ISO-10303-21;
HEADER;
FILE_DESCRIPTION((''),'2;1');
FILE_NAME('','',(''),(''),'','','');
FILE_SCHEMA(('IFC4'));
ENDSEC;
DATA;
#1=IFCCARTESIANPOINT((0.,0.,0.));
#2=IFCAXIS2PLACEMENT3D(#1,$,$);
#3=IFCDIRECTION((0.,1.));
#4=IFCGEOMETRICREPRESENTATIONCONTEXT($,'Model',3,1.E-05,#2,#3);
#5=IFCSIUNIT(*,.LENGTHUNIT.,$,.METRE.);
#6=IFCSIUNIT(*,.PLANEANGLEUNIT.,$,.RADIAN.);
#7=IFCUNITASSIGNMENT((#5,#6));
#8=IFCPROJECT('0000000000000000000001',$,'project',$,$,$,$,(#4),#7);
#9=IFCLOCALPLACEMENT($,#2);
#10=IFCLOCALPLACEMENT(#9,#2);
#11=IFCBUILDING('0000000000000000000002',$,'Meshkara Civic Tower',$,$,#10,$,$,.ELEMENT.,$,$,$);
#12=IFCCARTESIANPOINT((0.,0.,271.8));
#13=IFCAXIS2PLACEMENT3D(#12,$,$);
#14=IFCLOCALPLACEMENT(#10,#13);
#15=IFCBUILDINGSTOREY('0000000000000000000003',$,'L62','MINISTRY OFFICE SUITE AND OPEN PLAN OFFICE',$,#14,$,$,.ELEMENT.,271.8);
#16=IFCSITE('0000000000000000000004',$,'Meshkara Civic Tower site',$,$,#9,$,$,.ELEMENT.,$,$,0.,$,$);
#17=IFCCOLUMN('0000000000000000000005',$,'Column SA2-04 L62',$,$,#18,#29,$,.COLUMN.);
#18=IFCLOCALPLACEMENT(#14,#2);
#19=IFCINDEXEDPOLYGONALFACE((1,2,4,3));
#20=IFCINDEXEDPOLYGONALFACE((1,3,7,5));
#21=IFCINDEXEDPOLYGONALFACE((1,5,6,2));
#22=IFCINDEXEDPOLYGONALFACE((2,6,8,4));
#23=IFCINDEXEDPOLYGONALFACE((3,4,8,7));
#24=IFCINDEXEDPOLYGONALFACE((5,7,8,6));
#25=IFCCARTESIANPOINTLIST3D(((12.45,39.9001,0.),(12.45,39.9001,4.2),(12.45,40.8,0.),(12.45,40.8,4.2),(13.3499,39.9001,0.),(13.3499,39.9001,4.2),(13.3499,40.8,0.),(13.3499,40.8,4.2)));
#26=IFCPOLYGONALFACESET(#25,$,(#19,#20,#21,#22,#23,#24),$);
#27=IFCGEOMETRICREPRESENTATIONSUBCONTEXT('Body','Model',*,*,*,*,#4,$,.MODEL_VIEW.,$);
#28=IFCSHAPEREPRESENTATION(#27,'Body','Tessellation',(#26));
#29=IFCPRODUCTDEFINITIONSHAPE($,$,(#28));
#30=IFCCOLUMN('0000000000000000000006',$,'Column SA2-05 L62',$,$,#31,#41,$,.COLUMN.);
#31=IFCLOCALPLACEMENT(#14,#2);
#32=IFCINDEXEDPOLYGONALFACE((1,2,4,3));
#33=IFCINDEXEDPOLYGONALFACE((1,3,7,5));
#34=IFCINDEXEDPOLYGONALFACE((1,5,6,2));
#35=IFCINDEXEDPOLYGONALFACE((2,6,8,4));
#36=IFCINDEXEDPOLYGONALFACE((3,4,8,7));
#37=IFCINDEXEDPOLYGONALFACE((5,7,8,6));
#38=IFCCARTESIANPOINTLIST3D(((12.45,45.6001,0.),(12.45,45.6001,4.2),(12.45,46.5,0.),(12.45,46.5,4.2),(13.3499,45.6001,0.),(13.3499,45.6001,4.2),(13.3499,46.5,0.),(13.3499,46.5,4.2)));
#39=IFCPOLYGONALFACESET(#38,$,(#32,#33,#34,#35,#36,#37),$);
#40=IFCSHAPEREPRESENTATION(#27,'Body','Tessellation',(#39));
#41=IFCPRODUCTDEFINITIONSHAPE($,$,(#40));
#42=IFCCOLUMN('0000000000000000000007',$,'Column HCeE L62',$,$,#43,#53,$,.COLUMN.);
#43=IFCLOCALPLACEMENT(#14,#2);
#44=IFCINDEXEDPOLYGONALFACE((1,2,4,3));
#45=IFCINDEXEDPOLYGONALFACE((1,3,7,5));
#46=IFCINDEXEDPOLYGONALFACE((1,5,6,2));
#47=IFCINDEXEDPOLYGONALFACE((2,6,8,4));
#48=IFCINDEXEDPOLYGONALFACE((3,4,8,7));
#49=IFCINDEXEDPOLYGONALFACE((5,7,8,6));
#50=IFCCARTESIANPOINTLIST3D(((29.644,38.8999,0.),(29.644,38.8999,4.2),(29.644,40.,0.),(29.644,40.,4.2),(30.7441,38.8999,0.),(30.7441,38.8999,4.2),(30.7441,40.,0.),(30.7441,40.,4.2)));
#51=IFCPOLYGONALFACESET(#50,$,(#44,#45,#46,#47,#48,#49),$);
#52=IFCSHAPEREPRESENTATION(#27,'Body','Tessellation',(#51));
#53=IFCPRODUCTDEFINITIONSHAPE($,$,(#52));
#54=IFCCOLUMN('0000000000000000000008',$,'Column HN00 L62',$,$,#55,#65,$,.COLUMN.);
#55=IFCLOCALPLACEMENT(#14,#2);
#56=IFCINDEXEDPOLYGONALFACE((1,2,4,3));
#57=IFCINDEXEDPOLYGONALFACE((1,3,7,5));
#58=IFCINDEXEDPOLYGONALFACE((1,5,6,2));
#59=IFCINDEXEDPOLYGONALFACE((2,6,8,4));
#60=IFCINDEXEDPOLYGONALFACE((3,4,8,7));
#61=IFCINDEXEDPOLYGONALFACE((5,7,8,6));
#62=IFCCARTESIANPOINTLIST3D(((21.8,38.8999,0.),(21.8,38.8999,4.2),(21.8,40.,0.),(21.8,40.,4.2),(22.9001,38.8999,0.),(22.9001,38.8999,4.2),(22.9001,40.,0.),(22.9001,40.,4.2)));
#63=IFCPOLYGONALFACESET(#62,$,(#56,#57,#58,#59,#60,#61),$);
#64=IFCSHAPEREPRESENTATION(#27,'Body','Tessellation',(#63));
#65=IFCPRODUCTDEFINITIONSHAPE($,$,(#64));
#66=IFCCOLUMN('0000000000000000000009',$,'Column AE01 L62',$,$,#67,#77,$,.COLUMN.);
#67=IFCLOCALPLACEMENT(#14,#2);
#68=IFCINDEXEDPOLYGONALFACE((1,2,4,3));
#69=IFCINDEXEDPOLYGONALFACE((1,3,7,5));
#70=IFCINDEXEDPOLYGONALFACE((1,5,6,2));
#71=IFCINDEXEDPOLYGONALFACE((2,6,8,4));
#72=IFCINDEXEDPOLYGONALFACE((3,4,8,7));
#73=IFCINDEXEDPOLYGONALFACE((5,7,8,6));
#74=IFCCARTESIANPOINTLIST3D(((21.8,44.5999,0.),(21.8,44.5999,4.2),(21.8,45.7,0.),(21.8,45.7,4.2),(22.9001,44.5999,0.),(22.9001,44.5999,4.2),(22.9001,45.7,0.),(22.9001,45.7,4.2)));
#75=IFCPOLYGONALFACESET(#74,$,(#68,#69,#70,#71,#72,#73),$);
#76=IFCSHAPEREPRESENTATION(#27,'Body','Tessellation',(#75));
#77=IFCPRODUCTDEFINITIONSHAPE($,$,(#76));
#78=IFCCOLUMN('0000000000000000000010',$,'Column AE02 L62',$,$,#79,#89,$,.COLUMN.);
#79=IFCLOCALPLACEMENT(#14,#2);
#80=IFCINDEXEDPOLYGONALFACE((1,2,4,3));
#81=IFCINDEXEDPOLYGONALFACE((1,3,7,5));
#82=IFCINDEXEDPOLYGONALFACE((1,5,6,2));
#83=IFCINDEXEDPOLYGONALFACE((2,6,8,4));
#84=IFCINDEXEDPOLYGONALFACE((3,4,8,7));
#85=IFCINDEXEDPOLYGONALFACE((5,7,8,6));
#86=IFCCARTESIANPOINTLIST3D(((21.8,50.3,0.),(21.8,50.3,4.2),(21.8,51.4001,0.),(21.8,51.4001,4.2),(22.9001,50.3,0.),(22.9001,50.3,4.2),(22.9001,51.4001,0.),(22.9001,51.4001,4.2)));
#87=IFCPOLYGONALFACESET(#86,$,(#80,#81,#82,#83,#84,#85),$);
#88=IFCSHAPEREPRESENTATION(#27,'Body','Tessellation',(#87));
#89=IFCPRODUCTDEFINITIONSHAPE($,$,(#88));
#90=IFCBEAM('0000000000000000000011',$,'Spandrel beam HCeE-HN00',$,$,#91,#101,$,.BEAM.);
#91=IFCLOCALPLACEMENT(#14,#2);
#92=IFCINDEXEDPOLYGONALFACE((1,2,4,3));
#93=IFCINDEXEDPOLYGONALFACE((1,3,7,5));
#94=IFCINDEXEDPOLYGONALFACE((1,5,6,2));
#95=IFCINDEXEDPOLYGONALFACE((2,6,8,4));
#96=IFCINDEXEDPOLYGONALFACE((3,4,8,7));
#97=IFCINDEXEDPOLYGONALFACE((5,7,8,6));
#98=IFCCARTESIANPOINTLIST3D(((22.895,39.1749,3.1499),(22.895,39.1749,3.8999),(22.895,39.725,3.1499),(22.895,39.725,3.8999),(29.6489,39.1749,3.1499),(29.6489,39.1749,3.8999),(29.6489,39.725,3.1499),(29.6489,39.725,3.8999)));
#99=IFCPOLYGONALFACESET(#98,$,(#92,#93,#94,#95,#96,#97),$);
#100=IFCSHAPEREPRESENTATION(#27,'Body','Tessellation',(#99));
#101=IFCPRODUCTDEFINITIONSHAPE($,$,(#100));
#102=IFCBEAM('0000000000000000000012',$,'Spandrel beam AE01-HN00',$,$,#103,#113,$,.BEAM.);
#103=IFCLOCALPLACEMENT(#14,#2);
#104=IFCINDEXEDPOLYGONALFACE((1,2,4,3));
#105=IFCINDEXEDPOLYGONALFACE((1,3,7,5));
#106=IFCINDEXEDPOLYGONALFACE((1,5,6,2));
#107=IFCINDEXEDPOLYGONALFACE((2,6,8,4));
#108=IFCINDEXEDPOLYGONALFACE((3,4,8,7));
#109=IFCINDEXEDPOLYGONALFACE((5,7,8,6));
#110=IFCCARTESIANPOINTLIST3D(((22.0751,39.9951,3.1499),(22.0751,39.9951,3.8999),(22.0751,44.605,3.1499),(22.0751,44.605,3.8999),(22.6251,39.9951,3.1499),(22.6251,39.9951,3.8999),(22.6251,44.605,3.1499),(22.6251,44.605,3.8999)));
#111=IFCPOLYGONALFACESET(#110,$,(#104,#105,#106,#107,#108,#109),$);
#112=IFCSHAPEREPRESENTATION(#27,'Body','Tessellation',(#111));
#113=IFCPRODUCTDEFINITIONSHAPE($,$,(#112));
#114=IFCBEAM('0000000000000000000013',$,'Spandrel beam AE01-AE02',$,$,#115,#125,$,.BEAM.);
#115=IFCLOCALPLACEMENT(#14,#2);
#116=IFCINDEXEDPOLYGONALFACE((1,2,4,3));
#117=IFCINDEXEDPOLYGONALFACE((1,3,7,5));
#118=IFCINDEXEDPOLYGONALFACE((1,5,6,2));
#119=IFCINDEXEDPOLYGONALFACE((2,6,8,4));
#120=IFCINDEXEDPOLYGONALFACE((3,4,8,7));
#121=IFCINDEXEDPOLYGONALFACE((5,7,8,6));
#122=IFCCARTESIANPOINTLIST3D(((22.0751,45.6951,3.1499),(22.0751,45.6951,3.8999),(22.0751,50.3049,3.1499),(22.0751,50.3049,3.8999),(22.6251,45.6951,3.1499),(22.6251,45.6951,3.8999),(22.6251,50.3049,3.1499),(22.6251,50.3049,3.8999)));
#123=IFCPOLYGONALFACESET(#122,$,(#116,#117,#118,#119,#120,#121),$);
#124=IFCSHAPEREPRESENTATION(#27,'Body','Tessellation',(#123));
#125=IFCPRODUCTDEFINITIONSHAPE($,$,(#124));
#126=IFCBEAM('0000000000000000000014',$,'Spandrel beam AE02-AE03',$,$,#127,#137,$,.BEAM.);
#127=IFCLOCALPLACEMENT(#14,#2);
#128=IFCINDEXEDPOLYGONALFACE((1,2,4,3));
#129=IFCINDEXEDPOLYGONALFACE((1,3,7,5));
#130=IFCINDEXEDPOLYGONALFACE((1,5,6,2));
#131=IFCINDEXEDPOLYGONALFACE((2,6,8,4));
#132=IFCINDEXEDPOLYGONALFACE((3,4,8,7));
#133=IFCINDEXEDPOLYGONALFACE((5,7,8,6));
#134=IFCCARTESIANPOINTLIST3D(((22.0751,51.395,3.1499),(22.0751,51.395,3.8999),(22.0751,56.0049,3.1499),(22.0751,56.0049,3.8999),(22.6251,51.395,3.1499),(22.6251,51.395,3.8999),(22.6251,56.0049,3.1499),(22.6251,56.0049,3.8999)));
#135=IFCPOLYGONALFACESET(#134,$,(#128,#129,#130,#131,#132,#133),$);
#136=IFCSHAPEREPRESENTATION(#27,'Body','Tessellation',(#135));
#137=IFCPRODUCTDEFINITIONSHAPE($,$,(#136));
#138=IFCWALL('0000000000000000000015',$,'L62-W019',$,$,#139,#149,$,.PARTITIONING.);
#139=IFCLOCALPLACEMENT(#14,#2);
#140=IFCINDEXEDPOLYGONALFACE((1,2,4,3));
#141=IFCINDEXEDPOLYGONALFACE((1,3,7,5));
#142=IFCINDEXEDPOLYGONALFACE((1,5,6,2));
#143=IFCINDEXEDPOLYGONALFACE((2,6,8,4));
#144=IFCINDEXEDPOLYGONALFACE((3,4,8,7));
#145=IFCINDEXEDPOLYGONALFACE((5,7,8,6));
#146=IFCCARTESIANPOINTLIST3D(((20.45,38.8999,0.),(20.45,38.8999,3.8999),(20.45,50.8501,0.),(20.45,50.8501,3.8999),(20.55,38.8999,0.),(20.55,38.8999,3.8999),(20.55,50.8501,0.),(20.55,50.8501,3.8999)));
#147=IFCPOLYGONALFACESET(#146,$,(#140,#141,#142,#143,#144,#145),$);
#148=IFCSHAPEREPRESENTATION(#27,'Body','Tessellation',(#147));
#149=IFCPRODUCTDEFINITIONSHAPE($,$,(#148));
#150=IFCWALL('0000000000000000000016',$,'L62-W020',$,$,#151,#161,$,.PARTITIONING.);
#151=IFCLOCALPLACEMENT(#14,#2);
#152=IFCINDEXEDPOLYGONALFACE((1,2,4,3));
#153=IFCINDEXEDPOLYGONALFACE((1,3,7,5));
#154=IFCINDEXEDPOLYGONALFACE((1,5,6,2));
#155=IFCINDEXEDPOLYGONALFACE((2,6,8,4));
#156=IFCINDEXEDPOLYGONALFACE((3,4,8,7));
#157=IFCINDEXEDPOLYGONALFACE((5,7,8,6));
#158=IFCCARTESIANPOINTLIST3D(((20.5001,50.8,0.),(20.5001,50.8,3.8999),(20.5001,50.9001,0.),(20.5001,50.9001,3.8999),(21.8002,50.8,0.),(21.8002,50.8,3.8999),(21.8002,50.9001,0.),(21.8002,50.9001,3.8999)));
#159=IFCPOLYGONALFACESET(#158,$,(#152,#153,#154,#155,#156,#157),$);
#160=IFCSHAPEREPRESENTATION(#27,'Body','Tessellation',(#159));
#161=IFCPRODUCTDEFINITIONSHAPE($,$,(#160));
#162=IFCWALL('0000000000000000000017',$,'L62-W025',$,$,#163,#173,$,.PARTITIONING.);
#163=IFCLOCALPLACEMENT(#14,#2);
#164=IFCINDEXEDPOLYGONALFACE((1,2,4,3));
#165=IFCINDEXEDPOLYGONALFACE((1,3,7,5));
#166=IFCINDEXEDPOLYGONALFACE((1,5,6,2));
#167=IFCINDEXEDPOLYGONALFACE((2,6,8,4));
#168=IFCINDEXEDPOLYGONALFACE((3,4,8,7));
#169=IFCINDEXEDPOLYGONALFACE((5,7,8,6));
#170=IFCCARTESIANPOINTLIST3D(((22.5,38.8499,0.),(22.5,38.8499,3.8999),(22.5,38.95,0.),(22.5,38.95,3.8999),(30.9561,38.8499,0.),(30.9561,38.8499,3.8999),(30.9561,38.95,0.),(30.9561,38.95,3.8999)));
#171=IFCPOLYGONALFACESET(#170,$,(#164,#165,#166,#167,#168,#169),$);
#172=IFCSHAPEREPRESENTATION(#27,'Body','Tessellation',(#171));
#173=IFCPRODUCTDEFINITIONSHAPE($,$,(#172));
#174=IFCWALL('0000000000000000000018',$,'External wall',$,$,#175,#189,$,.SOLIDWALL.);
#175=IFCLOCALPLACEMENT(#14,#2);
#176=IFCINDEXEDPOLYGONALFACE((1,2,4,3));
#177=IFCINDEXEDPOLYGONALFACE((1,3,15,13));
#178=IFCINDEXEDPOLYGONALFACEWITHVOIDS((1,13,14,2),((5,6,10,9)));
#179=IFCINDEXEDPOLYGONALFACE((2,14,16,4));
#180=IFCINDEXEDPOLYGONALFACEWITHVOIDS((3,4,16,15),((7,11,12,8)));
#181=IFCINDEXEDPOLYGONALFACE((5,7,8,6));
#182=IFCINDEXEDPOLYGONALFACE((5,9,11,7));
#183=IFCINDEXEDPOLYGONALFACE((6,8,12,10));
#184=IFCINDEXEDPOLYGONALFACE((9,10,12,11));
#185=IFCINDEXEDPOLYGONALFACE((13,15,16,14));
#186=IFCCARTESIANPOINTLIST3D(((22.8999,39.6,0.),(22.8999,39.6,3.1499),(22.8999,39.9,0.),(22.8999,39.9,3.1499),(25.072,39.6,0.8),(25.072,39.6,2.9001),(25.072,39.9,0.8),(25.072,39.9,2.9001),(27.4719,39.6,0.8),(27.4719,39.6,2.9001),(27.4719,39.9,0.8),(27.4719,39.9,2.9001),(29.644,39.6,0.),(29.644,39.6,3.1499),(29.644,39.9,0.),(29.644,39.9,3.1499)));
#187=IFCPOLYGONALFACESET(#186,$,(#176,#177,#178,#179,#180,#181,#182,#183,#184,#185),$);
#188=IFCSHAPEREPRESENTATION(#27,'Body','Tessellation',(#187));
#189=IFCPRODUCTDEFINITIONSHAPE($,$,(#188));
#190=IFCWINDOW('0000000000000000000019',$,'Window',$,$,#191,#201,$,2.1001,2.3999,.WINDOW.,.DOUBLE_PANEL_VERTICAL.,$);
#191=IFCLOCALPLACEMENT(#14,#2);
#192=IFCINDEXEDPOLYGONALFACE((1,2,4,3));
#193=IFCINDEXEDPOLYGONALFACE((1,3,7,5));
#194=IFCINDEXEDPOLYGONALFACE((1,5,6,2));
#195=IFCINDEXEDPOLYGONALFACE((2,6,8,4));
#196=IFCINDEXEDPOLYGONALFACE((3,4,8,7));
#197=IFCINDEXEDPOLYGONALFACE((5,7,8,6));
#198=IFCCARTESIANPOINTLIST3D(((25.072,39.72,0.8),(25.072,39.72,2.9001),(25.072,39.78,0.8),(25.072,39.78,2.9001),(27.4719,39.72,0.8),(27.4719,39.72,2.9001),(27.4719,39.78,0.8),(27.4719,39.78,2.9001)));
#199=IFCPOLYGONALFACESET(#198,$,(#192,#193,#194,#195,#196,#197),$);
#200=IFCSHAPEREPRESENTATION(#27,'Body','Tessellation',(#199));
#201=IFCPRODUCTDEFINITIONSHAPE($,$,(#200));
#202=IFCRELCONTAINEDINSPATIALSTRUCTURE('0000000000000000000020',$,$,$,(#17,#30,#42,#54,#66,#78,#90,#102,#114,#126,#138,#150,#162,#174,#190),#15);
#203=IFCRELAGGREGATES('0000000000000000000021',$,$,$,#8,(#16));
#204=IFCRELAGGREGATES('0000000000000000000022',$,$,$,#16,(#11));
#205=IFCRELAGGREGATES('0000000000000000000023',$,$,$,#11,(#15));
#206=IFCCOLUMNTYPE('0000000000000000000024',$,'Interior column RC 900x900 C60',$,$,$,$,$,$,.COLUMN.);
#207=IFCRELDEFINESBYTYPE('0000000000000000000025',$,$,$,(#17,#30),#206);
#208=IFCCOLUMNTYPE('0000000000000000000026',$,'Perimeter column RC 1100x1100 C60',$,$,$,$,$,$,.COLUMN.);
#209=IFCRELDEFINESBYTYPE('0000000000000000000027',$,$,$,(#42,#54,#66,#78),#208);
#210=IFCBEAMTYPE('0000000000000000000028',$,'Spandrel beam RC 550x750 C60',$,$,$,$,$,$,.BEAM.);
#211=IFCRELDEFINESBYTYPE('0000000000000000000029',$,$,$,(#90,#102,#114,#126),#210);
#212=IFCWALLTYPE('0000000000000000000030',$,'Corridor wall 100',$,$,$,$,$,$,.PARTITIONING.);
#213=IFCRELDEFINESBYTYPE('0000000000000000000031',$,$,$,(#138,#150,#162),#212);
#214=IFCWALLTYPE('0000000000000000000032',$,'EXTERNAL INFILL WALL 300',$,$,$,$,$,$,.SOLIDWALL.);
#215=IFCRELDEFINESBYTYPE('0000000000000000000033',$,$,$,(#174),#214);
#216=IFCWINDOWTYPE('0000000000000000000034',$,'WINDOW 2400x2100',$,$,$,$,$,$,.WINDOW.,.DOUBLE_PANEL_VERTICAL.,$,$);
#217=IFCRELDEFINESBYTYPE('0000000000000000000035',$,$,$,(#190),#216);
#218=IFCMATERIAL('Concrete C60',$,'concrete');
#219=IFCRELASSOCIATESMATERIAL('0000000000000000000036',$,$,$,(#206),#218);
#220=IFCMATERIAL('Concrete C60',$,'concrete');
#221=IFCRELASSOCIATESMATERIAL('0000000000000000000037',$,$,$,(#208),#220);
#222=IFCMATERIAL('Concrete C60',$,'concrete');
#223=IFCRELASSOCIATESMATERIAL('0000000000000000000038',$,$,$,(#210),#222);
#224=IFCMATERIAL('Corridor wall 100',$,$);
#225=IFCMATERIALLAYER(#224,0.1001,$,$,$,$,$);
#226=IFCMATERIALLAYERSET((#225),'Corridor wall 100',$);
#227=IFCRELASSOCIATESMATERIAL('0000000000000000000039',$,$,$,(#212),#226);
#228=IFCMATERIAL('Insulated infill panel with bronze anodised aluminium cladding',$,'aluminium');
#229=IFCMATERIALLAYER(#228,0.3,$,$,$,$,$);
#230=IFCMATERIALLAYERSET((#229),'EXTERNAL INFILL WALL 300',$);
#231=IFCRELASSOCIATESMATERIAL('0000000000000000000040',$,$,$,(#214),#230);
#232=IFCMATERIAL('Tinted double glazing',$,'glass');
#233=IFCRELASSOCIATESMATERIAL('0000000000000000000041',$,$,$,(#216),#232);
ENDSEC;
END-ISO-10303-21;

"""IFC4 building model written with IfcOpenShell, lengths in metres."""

from ifc_helpers import new_model, si_unit, direction, frame, frame_2d, origin, origin_2d, place, context, subcontext, project, spatial, rectangle, extrude, material, layer, layer_set, material_profile, profile_set, type_object, element, fill, save


model = new_model("IFC4")

# Units and contexts
model_context = context("Model", 3, precision=1e-05, world=origin(), true_north=direction((0.0, 1.0)))
body_context = subcontext(model_context, "Body", "Model", "MODEL_VIEW")
ifc_project = project(units=[si_unit("LENGTHUNIT", "METRE"), si_unit("PLANEANGLEUNIT", "RADIAN")], contexts=[model_context])

# Site, building, storey
site_placement = place(None, origin())
site = spatial("IfcSite", under=ifc_project, at=site_placement, Name="Meshkara Civic Tower site", CompositionType="ELEMENT", RefElevation=0.0)
building_placement = place(site_placement, origin())
building = spatial("IfcBuilding", under=site, at=building_placement, Name="Meshkara Civic Tower", CompositionType="ELEMENT")
storey_placement = place(building_placement, frame((0.0, 0.0, 271.8)))
storey = spatial("IfcBuildingStorey", under=building, at=storey_placement, Name="L62", Description="MINISTRY OFFICE SUITE AND OPEN PLAN OFFICE", CompositionType="ELEMENT", Elevation=271.8)

# Columns
ifc_material_1 = material(Name="Concrete C60", Category="concrete")
ifc_material_profile_1 = material_profile(ifc_material_1, rectangle(XDim=0.8999, YDim=0.8999, at=origin_2d()))
ifc_profile_set_1 = profile_set([ifc_material_profile_1], Name="Concrete C60")
column_type_1 = type_object("IfcColumnType", Name="Interior column RC 900x900 C60", PredefinedType="COLUMN", material=ifc_profile_set_1)
for number, where, z_axis, x_axis, name in (
    (1, (12.8999, 40.3501, 0.0), (0.0, 0.0, 1.0), (1.0, 0.0, 0.0), "Column SA2-04 L62"),
    (2, (12.8999, 46.05, 0.0), (0.0, 0.0, 1.0), (1.0, 0.0, 0.0), "Column SA2-05 L62"),
):
    element("IfcColumn", number, at=place(storey_placement, frame(where, z_axis=z_axis, x_axis=x_axis)), inside=storey, type_object=column_type_1, Name=name, PredefinedType="COLUMN", context=body_context, shape_type="SweptSolid", body=[
        extrude(rectangle(XDim=0.8999, YDim=0.8999, at=origin_2d()), origin(), (0.0, 0.0, 1.0), 4.2),
    ])
ifc_material_2 = material(Name="Concrete C60", Category="concrete")
ifc_material_profile_2 = material_profile(ifc_material_2, rectangle(XDim=1.1001, YDim=1.1001, at=origin_2d()))
ifc_profile_set_2 = profile_set([ifc_material_profile_2], Name="Concrete C60")
column_type_2 = type_object("IfcColumnType", Name="Perimeter column RC 1100x1100 C60", PredefinedType="COLUMN", material=ifc_profile_set_2)
for number, where, z_axis, x_axis, name in (
    (3, (30.1941, 39.45, 0.0), (0.0, 0.0, 1.0), (1.0, 0.0, 0.0), "Column HCeE L62"),
    (4, (22.3501, 39.45, 0.0), (0.0, 0.0, 1.0), (1.0, 0.0, 0.0), "Column HN00 L62"),
    (5, (22.3501, 45.1499, 0.0), (0.0, 0.0, 1.0), (1.0, 0.0, 0.0), "Column AE01 L62"),
    (6, (22.3501, 50.8501, 0.0), (0.0, 0.0, 1.0), (1.0, 0.0, 0.0), "Column AE02 L62"),
):
    element("IfcColumn", number, at=place(storey_placement, frame(where, z_axis=z_axis, x_axis=x_axis)), inside=storey, type_object=column_type_2, Name=name, PredefinedType="COLUMN", context=body_context, shape_type="SweptSolid", body=[
        extrude(rectangle(XDim=1.1001, YDim=1.1001, at=origin_2d()), origin(), (0.0, 0.0, 1.0), 4.2),
    ])

# Beams
ifc_material_3 = material(Name="Concrete C60", Category="concrete")
ifc_material_profile_3 = material_profile(ifc_material_3, rectangle(XDim=0.55, YDim=0.75, at=origin_2d()))
ifc_profile_set_3 = profile_set([ifc_material_profile_3], Name="Concrete C60")
beam_type = type_object("IfcBeamType", Name="Spandrel beam RC 550x750 C60", PredefinedType="BEAM", material=ifc_profile_set_3)
beam_placement = place(storey_placement, frame((29.6489, 39.45, 3.5249), z_axis=(-1.0, 0.0, 0.0), x_axis=(0.0, -1.0, 0.0)))
element("IfcBeam", 7, at=beam_placement, inside=storey, type_object=beam_type, Name="Spandrel beam HCeE-HN00", PredefinedType="BEAM", context=body_context, shape_type="SweptSolid", body=[
    extrude(rectangle(XDim=0.55, YDim=0.75, at=origin_2d()), origin(), (0.0, 0.0, 1.0), 6.7539),
])
for number, where, z_axis, x_axis, name in (
    (8, (22.3501, 39.9951, 3.5249), (0.0, 1.0, 0.0), (-1.0, 0.0, 0.0), "Spandrel beam AE01-HN00"),
    (9, (22.3501, 45.6951, 3.5249), (0.0, 1.0, 0.0), (-1.0, 0.0, 0.0), "Spandrel beam AE01-AE02"),
    (10, (22.3501, 51.395, 3.5249), (0.0, 1.0, 0.0), (-1.0, 0.0, 0.0), "Spandrel beam AE02-AE03"),
):
    element("IfcBeam", number, at=place(storey_placement, frame(where, z_axis=z_axis, x_axis=x_axis)), inside=storey, type_object=beam_type, Name=name, PredefinedType="BEAM", context=body_context, shape_type="SweptSolid", body=[
        extrude(rectangle(XDim=0.55, YDim=0.75, at=origin_2d()), origin(), (0.0, 0.0, 1.0), 4.6099),
    ])

# Walls
ifc_material_4 = material(Name="Corridor wall 100")
ifc_layer_1 = layer(ifc_material_4, 0.1001)
ifc_layer_set_1 = layer_set([ifc_layer_1], Name="Corridor wall 100")
wall_type_1 = type_object("IfcWallType", Name="Corridor wall 100", PredefinedType="PARTITIONING", material=ifc_layer_set_1)
wall_1_placement = place(storey_placement, frame((20.5, 50.8501, 0.0), z_axis=(0.0, 0.0, 1.0), x_axis=(0.0, -1.0, 0.0)))
element("IfcWall", 11, at=wall_1_placement, inside=storey, type_object=wall_type_1, Name="L62-W019", PredefinedType="PARTITIONING", context=body_context, shape_type="SweptSolid", body=[
    extrude(rectangle(XDim=11.9502, YDim=0.1001, at=frame_2d((5.9751, 0.0))), origin(), (0.0, 0.0, 1.0), 3.8999),
])
wall_2_placement = place(storey_placement, frame((21.8, 50.8501, 0.0), z_axis=(0.0, 0.0, 1.0), x_axis=(-1.0, 0.0, 0.0)))
element("IfcWall", 12, at=wall_2_placement, inside=storey, type_object=wall_type_1, Name="L62-W020", PredefinedType="PARTITIONING", context=body_context, shape_type="SweptSolid", body=[
    extrude(rectangle(XDim=1.3, YDim=0.1001, at=frame_2d((0.6499, 0.0))), origin(), (0.0, 0.0, 1.0), 3.8999),
])
wall_3_placement = place(storey_placement, frame((30.9561, 38.8999, 0.0), z_axis=(0.0, 0.0, 1.0), x_axis=(-1.0, 0.0, 0.0)))
element("IfcWall", 13, at=wall_3_placement, inside=storey, type_object=wall_type_1, Name="L62-W025", PredefinedType="PARTITIONING", context=body_context, shape_type="SweptSolid", body=[
    extrude(rectangle(XDim=8.4561, YDim=0.1001, at=frame_2d((4.228, 0.0))), origin(), (0.0, 0.0, 1.0), 3.8999),
])

# Wall, opening, window
ifc_material_5 = material(Name="Insulated infill panel with bronze anodised aluminium cladding", Category="aluminium")
ifc_layer_2 = layer(ifc_material_5, 0.3)
ifc_layer_set_2 = layer_set([ifc_layer_2], Name="EXTERNAL INFILL WALL 300")
wall_type_2 = type_object("IfcWallType", Name="EXTERNAL INFILL WALL 300", PredefinedType="SOLIDWALL", material=ifc_layer_set_2)
wall_4_placement = place(storey_placement, frame((29.644, 39.75, 0.0), z_axis=(0.0, 0.0, 1.0), x_axis=(-1.0, 0.0, 0.0)))
wall_4 = element("IfcWall", 14, at=wall_4_placement, inside=storey, type_object=wall_type_2, Name="External wall", PredefinedType="SOLIDWALL", context=body_context, shape_type="SweptSolid", body=[
    extrude(rectangle(XDim=6.7441, YDim=0.3, at=frame_2d((3.3721, 0.0))), origin(), (0.0, 0.0, 1.0), 3.1499),
])
opening_1_placement = place(wall_4_placement, frame((2.1721, 0.0, 0.8)))
opening_1 = element("IfcOpeningElement", 15, at=opening_1_placement, cuts=wall_4, PredefinedType="OPENING", context=body_context, shape_type="SweptSolid", body=[
    extrude(rectangle(XDim=2.3999, YDim=2.1001, at=frame_2d((1.2, 1.05))), frame((0.0, 0.1599, 0.0), z_axis=(0.0, -1.0, 0.0), x_axis=(1.0, 0.0, 0.0)), (0.0, 0.0, 1.0), 0.3201),
])
ifc_material_6 = material(Name="Tinted double glazing", Category="glass")
window_type = type_object("IfcWindowType", Name="WINDOW 2400x2100", PartitioningType="DOUBLE_PANEL_VERTICAL", PredefinedType="WINDOW", material=ifc_material_6)
window_1_placement = place(opening_1_placement, origin())
window_1 = element("IfcWindow", 16, at=window_1_placement, inside=storey, type_object=window_type, Name="Window", OverallHeight=2.1001, OverallWidth=2.3999, PartitioningType="DOUBLE_PANEL_VERTICAL", PredefinedType="WINDOW", context=body_context, shape_type="SweptSolid", body=[
    extrude(rectangle(XDim=2.3999, YDim=2.1001, at=frame_2d((1.2, 1.05))), frame((0.0, 0.03, 0.0), z_axis=(0.0, -1.0, 0.0), x_axis=(1.0, 0.0, 0.0)), (0.0, 0.0, 1.0), 0.0601),
])
fill(opening_1, window_1)

save(model, "model.ifc")
